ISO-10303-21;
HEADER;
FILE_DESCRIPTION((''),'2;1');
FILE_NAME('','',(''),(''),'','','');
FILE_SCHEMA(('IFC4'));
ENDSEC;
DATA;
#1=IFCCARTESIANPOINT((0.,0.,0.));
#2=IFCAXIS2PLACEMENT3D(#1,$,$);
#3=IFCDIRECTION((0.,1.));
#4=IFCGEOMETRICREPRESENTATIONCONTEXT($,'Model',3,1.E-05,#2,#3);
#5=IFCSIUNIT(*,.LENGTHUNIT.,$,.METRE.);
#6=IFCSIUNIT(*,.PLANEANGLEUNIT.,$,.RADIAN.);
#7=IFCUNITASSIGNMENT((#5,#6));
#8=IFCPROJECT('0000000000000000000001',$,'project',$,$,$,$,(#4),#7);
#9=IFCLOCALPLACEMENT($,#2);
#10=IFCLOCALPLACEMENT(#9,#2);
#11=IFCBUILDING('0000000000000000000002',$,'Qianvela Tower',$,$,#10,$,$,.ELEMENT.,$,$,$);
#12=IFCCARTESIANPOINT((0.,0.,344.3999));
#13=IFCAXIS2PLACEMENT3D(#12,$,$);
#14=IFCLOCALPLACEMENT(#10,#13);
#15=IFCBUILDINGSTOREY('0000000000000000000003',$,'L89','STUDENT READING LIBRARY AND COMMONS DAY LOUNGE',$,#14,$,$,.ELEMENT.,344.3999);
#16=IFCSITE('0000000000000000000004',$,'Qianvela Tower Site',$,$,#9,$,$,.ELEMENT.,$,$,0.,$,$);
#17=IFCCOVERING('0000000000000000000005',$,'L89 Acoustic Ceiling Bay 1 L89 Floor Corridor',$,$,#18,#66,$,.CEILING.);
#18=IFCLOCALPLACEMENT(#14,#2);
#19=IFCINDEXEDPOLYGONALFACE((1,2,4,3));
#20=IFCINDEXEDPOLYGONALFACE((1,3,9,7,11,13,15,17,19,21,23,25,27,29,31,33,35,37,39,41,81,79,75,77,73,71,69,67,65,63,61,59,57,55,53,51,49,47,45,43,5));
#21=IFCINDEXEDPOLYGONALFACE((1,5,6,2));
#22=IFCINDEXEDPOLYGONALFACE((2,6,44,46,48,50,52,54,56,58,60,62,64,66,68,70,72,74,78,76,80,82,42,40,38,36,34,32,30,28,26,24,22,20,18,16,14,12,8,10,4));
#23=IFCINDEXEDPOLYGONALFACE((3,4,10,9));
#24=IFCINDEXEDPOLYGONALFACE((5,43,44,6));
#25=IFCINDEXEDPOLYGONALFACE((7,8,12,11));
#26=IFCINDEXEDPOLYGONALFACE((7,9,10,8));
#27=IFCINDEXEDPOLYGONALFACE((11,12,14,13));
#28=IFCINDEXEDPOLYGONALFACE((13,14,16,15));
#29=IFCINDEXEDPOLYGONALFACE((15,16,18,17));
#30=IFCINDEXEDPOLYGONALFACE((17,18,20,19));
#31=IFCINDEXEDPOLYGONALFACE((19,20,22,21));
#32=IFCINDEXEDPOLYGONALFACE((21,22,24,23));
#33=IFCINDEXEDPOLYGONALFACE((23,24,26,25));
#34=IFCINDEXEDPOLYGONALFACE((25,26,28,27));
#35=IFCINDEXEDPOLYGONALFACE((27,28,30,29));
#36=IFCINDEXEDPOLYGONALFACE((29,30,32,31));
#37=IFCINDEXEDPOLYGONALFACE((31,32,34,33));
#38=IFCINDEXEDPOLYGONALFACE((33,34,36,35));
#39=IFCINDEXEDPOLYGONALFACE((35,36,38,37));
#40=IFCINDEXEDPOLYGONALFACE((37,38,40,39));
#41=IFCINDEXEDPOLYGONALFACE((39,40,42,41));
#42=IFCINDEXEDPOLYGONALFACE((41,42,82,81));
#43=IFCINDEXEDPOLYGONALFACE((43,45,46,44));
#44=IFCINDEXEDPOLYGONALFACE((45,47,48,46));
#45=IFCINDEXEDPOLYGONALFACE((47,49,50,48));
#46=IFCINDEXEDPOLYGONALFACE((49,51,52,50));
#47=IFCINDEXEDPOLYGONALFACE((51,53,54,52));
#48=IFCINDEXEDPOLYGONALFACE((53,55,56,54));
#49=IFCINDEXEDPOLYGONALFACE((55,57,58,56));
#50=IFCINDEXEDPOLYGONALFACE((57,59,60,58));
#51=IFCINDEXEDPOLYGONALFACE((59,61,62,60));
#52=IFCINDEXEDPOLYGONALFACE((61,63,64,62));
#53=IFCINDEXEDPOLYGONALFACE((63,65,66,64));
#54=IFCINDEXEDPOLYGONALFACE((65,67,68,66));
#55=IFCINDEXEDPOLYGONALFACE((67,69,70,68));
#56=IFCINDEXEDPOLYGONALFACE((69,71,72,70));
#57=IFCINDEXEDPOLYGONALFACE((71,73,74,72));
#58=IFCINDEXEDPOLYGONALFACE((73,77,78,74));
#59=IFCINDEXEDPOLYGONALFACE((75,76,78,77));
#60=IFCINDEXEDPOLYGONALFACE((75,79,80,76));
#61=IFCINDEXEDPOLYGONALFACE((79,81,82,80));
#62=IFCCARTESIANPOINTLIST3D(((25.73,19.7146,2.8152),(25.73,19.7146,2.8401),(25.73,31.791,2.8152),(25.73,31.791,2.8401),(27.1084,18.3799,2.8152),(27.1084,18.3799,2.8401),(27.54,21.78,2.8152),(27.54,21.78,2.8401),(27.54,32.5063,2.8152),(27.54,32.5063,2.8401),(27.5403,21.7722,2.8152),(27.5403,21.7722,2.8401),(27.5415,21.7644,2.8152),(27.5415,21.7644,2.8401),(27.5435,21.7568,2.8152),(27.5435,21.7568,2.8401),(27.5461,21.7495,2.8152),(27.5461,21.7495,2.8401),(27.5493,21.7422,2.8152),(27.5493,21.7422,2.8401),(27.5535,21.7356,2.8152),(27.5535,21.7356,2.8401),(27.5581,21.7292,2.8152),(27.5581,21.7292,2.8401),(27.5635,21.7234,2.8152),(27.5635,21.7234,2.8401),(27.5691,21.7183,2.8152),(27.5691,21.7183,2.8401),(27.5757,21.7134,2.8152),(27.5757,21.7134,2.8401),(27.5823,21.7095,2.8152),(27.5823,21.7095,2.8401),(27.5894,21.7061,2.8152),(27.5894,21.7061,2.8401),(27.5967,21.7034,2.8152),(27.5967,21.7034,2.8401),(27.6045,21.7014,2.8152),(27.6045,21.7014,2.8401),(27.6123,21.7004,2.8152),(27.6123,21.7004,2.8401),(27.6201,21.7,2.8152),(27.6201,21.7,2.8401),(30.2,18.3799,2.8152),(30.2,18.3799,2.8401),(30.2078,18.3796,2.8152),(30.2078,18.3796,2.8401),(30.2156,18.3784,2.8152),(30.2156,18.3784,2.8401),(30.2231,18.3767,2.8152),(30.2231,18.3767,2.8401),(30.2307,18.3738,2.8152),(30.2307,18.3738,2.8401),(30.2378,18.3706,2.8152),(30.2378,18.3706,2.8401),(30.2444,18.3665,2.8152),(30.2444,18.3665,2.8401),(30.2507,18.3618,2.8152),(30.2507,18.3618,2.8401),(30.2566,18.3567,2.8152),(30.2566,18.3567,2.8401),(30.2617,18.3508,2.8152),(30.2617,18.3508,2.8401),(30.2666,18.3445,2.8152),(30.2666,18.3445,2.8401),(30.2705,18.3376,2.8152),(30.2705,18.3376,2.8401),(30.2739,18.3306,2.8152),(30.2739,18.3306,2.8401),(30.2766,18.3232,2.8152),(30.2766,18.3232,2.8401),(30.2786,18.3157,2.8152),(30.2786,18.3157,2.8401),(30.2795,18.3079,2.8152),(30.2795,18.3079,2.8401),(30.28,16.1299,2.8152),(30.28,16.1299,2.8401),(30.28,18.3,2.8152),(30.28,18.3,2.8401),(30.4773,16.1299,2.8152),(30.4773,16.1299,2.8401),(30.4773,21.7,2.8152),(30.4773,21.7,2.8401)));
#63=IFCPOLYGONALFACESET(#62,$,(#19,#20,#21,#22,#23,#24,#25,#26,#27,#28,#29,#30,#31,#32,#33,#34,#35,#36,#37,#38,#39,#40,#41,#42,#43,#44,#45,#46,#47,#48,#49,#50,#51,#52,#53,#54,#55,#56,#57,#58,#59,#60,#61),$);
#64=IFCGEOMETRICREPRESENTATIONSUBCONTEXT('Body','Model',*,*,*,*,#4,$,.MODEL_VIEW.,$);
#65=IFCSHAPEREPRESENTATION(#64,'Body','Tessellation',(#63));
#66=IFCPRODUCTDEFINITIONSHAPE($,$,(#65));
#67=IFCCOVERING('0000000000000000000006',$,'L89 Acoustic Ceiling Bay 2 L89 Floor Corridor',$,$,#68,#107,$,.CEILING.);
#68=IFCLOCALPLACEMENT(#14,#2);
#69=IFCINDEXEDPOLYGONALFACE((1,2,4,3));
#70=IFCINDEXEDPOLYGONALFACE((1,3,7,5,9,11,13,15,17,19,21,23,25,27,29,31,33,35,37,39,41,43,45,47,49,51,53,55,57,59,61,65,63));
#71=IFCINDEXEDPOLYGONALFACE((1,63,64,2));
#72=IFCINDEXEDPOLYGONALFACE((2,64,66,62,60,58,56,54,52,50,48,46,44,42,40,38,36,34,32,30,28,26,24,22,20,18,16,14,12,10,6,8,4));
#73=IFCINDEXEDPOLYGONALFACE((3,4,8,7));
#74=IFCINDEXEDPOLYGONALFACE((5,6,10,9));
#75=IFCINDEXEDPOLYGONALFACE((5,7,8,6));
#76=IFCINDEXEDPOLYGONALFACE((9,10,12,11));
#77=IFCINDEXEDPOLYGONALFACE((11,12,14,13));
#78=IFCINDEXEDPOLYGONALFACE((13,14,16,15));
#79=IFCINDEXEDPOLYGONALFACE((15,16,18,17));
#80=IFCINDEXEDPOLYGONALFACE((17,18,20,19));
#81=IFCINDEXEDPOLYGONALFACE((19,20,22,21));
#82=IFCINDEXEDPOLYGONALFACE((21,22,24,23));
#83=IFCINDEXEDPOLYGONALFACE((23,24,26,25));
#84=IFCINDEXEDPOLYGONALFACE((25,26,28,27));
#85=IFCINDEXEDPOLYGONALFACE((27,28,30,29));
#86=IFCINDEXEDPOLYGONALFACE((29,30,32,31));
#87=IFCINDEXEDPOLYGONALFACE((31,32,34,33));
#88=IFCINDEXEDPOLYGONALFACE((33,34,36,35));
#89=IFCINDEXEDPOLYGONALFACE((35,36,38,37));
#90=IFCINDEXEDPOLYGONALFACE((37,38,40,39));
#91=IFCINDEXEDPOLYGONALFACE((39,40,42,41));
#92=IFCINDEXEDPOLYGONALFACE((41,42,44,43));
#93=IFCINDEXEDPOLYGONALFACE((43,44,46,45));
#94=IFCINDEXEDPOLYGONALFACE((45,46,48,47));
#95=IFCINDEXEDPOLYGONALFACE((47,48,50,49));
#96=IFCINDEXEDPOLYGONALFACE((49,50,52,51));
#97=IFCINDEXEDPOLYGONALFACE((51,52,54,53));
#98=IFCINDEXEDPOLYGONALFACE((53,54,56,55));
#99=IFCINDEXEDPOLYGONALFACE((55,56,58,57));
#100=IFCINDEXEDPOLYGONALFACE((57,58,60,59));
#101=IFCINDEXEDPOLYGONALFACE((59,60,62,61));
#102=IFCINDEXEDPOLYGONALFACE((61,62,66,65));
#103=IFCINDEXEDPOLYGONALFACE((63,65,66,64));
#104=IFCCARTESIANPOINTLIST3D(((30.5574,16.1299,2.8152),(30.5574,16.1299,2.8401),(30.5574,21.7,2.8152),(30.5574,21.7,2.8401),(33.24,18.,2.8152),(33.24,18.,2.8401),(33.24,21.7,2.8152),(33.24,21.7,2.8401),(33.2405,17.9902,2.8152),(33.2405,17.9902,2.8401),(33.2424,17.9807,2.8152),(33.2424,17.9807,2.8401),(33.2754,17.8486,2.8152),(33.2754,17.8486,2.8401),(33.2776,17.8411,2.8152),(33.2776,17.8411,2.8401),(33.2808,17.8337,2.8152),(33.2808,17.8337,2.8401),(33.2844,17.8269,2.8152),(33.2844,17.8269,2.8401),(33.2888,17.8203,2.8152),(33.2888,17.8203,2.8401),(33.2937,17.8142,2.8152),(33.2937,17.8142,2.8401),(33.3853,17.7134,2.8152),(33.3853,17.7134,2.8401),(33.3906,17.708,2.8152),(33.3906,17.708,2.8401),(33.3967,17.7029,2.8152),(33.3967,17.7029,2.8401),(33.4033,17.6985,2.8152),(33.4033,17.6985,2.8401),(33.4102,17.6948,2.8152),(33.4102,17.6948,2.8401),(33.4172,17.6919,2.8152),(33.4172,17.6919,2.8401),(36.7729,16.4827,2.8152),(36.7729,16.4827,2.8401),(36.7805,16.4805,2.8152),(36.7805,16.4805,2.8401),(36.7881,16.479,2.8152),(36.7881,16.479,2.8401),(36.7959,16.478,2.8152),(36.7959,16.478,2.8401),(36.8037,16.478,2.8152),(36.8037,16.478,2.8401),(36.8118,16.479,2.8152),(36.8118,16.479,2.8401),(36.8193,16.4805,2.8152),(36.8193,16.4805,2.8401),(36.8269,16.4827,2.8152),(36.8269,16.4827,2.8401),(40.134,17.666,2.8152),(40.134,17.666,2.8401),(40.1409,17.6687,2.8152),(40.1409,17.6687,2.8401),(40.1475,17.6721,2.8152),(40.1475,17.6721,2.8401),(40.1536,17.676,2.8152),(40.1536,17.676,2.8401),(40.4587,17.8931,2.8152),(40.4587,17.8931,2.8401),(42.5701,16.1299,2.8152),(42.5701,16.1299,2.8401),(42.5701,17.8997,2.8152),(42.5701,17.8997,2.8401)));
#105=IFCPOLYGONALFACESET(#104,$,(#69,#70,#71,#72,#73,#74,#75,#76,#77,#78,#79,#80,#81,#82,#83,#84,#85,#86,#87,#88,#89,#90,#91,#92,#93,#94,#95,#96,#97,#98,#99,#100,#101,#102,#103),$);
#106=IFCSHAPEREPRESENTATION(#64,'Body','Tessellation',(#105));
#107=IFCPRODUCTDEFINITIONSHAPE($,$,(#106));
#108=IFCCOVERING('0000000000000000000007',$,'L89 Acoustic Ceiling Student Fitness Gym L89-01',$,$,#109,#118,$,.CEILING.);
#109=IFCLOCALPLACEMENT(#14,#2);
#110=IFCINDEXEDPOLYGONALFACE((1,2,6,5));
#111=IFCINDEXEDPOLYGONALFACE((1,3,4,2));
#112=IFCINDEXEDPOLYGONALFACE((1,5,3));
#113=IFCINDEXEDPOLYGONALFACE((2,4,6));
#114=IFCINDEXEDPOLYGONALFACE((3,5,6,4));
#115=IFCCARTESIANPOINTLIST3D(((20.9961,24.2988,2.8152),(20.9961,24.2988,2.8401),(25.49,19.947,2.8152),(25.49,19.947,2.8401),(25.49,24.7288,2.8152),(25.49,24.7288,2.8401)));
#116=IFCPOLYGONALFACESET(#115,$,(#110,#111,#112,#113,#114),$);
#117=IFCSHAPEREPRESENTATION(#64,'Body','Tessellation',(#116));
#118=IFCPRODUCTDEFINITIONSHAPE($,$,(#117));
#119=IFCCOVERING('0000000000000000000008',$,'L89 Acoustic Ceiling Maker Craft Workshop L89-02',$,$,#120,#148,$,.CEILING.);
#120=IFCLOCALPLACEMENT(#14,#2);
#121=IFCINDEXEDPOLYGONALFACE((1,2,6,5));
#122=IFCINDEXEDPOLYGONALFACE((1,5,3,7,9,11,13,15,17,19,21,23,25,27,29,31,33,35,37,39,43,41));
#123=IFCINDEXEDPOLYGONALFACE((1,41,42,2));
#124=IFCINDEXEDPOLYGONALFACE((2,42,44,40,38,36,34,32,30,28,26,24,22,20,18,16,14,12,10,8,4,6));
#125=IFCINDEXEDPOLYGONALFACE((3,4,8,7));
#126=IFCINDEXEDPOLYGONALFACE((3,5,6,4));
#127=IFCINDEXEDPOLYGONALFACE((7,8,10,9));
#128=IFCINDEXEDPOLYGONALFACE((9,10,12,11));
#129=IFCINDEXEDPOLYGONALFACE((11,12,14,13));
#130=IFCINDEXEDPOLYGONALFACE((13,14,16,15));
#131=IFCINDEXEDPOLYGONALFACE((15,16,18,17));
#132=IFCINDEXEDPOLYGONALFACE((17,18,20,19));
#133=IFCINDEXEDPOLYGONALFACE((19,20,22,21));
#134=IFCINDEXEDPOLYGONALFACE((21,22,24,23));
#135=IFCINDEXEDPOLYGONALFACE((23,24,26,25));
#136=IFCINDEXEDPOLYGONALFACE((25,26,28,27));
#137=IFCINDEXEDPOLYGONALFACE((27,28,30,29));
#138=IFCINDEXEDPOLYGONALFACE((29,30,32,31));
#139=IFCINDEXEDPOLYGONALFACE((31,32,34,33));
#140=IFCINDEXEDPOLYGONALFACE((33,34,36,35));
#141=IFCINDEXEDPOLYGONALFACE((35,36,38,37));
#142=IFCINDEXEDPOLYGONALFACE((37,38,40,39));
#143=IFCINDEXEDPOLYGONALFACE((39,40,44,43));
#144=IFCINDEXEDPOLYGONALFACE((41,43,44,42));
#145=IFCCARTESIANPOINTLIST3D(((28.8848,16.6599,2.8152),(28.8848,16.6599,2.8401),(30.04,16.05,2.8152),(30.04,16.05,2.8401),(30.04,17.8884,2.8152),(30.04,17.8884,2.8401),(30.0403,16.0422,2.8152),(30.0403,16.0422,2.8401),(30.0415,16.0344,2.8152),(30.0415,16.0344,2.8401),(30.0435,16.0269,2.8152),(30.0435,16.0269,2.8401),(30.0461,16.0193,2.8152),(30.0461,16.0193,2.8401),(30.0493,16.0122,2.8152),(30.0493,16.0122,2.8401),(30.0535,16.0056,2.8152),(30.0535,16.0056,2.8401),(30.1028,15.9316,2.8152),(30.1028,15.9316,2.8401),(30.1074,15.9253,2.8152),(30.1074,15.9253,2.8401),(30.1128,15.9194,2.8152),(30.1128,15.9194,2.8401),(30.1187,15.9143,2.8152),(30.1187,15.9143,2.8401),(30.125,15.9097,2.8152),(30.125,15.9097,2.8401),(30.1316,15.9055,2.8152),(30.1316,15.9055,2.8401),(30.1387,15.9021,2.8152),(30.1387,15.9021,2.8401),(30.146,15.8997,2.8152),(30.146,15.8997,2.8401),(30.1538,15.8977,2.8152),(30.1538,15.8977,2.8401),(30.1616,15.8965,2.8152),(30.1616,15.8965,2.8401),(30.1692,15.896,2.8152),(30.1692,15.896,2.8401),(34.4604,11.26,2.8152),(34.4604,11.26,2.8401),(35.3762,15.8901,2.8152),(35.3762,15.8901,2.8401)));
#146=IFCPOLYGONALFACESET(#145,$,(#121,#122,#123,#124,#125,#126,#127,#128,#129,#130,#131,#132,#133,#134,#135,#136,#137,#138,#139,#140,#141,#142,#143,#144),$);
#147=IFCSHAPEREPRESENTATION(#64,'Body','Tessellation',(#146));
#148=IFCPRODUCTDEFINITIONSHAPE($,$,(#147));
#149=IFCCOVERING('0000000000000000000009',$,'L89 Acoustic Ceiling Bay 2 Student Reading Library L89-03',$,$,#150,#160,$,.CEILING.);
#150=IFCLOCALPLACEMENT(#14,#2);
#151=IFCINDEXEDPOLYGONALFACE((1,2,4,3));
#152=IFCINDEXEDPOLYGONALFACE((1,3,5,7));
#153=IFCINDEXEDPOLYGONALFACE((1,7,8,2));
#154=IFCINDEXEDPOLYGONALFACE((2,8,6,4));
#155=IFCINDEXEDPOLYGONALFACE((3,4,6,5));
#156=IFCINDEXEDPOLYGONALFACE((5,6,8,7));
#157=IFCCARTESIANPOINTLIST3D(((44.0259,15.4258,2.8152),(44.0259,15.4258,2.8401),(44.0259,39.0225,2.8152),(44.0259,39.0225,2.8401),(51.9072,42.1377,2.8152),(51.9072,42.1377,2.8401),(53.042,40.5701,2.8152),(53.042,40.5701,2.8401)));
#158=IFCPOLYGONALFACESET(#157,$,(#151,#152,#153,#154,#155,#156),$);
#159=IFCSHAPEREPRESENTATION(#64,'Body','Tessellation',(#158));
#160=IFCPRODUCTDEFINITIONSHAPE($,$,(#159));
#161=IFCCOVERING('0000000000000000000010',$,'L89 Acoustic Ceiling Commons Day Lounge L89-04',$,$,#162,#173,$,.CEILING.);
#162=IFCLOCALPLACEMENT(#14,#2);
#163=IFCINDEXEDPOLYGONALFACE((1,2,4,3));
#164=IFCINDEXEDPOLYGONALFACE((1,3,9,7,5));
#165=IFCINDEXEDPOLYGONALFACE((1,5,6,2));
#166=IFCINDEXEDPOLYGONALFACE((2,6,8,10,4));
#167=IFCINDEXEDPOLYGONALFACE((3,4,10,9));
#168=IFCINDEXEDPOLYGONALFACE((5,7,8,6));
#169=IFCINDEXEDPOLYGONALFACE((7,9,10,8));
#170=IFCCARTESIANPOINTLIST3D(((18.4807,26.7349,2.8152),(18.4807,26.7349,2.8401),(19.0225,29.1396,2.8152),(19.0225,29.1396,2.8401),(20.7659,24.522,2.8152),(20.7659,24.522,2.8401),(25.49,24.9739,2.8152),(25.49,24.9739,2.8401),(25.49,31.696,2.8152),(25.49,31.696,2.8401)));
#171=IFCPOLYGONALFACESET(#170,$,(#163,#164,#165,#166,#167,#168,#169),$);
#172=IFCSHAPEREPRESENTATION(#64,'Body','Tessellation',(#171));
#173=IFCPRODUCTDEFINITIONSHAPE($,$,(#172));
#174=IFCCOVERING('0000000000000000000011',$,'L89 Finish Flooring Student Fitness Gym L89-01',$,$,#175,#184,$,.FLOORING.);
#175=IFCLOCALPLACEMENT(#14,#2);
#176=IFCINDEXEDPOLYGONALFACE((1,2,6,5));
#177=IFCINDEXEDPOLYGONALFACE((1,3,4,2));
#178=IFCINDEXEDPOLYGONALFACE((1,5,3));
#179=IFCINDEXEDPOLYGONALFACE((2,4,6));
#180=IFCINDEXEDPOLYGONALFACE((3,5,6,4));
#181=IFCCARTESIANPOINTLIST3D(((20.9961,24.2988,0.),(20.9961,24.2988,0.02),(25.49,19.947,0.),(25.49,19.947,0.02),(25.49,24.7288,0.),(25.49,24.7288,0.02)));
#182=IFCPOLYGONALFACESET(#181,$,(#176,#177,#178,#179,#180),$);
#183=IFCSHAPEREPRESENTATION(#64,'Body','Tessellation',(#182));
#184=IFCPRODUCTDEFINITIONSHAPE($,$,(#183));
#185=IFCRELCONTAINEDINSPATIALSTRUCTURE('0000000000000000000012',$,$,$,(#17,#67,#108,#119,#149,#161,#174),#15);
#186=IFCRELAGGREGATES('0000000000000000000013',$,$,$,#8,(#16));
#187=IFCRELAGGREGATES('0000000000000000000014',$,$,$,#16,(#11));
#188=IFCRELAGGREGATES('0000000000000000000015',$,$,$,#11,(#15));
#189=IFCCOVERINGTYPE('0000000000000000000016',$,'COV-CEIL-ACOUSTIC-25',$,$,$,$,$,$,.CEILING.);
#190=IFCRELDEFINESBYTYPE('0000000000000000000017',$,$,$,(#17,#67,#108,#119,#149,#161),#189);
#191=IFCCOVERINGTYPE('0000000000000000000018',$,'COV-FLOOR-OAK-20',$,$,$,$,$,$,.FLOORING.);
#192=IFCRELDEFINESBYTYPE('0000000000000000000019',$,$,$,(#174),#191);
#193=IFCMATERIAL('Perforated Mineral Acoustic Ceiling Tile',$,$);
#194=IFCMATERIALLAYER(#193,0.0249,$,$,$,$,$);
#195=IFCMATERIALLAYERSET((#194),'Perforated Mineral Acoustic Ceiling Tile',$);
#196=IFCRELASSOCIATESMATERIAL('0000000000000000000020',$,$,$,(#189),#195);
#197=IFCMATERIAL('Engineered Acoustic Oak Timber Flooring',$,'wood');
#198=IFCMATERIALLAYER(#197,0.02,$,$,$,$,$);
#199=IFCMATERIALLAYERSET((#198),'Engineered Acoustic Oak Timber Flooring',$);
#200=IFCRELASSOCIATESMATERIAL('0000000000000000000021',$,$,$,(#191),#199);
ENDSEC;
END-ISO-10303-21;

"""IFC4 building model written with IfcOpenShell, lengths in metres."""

from ifc_helpers import new_model, si_unit, direction, frame, origin, place, context, subcontext, project, spatial, polyline, outline, extrude, material, layer, layer_set, type_object, element, save


model = new_model("IFC4")

# Units and contexts
model_context = context("Model", 3, precision=1e-05, world=origin(), true_north=direction((0.0, 1.0)))
body_context = subcontext(model_context, "Body", "Model", "MODEL_VIEW")
ifc_project = project(units=[si_unit("LENGTHUNIT", "METRE"), si_unit("PLANEANGLEUNIT", "RADIAN")], contexts=[model_context])

# Site, building, storey
site_placement = place(None, origin())
site = spatial("IfcSite", under=ifc_project, at=site_placement, Name="Qianvela Tower Site", CompositionType="ELEMENT", RefElevation=0.0)
building_placement = place(site_placement, origin())
building = spatial("IfcBuilding", under=site, at=building_placement, Name="Qianvela Tower", CompositionType="ELEMENT")
storey_placement = place(building_placement, frame((0.0, 0.0, 344.3999)))
storey = spatial("IfcBuildingStorey", under=building, at=storey_placement, Name="L89", Description="STUDENT READING LIBRARY AND COMMONS DAY LOUNGE", CompositionType="ELEMENT", Elevation=344.3999)

# Coverings
ifc_material_1 = material(Name="Perforated Mineral Acoustic Ceiling Tile")
ifc_layer_1 = layer(ifc_material_1, 0.0249)
ifc_layer_set_1 = layer_set([ifc_layer_1], Name="Perforated Mineral Acoustic Ceiling Tile")
covering_type_1 = type_object("IfcCoveringType", Name="COV-CEIL-ACOUSTIC-25", PredefinedType="CEILING", material=ifc_layer_set_1)
covering_1_placement = place(storey_placement, frame((0.0, 0.0, 2.8152)))
element("IfcCovering", 1, at=covering_1_placement, inside=storey, type_object=covering_type_1, Name="L89 Acoustic Ceiling Bay 1 L89 Floor Corridor", PredefinedType="CEILING", context=body_context, shape_type="SweptSolid", body=[
    extrude(outline(polyline([(30.28, 16.1299), (30.28, 18.3), (30.2795, 18.3079), (30.2786, 18.3157), (30.2766, 18.3232), (30.2739, 18.3306), (30.2705, 18.3376), (30.2666, 18.3445), (30.2617, 18.3508), (30.2566, 18.3567), (30.2507, 18.3618), (30.2444, 18.3665), (30.2378, 18.3706), (30.2307, 18.3738), (30.2231, 18.3767), (30.2156, 18.3784), (30.2078, 18.3796), (30.2, 18.3799), (27.1084, 18.3799), (25.73, 19.7146), (25.73, 31.791), (27.54, 32.5063), (27.54, 21.78), (27.5403, 21.7722), (27.5415, 21.7644), (27.5435, 21.7568), (27.5461, 21.7495), (27.5493, 21.7422), (27.5535, 21.7356), (27.5581, 21.7292), (27.5635, 21.7234), (27.5691, 21.7183), (27.5757, 21.7134), (27.5823, 21.7095), (27.5894, 21.7061), (27.5967, 21.7034), (27.6045, 21.7014), (27.6123, 21.7004), (27.6201, 21.7), (30.4773, 21.7), (30.4773, 16.1299), (30.28, 16.1299)])), origin(), (0.0, 0.0, 1.0), 0.0249),
])
covering_2_placement = place(storey_placement, frame((0.0, 0.0, 2.8152)))
element("IfcCovering", 2, at=covering_2_placement, inside=storey, type_object=covering_type_1, Name="L89 Acoustic Ceiling Bay 2 L89 Floor Corridor", PredefinedType="CEILING", context=body_context, shape_type="SweptSolid", body=[
    extrude(outline(polyline([(36.7805, 16.4805), (36.7881, 16.479), (36.7959, 16.478), (36.8037, 16.478), (36.8118, 16.479), (36.8193, 16.4805), (36.8269, 16.4827), (40.134, 17.666), (40.1409, 17.6687), (40.1475, 17.6721), (40.1536, 17.676), (40.4587, 17.8931), (42.5701, 17.8997), (42.5701, 16.1299), (30.5574, 16.1299), (30.5574, 21.7), (33.24, 21.7), (33.24, 18.0), (33.2405, 17.9902), (33.2424, 17.9807), (33.2754, 17.8486), (33.2776, 17.8411), (33.2808, 17.8337), (33.2844, 17.8269), (33.2888, 17.8203), (33.2937, 17.8142), (33.3853, 17.7134), (33.3906, 17.708), (33.3967, 17.7029), (33.4033, 17.6985), (33.4102, 17.6948), (33.4172, 17.6919), (36.7729, 16.4827), (36.7805, 16.4805)])), origin(), (0.0, 0.0, 1.0), 0.0249),
])
covering_3_placement = place(storey_placement, frame((0.0, 0.0, 2.8152)))
element("IfcCovering", 3, at=covering_3_placement, inside=storey, type_object=covering_type_1, Name="L89 Acoustic Ceiling Student Fitness Gym L89-01", PredefinedType="CEILING", context=body_context, shape_type="SweptSolid", body=[
    extrude(outline(polyline([(20.9961, 24.2988), (25.49, 24.7288), (25.49, 19.947), (20.9961, 24.2988)])), origin(), (0.0, 0.0, 1.0), 0.0249),
])
covering_4_placement = place(storey_placement, frame((0.0, 0.0, 2.8152)))
element("IfcCovering", 4, at=covering_4_placement, inside=storey, type_object=covering_type_1, Name="L89 Acoustic Ceiling Maker Craft Workshop L89-02", PredefinedType="CEILING", context=body_context, shape_type="SweptSolid", body=[
    extrude(outline(polyline([(30.04, 17.8884), (30.04, 16.05), (30.0403, 16.0422), (30.0415, 16.0344), (30.0435, 16.0269), (30.0461, 16.0193), (30.0493, 16.0122), (30.0535, 16.0056), (30.1028, 15.9316), (30.1074, 15.9253), (30.1128, 15.9194), (30.1187, 15.9143), (30.125, 15.9097), (30.1316, 15.9055), (30.1387, 15.9021), (30.146, 15.8997), (30.1538, 15.8977), (30.1616, 15.8965), (30.1692, 15.896), (35.3762, 15.8901), (34.4604, 11.26), (28.8848, 16.6599), (30.04, 17.8884)])), origin(), (0.0, 0.0, 1.0), 0.0249),
])
covering_5_placement = place(storey_placement, frame((0.0, 0.0, 2.8152)))
element("IfcCovering", 5, at=covering_5_placement, inside=storey, type_object=covering_type_1, Name="L89 Acoustic Ceiling Bay 2 Student Reading Library L89-03", PredefinedType="CEILING", context=body_context, shape_type="SweptSolid", body=[
    extrude(outline(polyline([(51.9072, 42.1377), (53.042, 40.5701), (44.0259, 15.4258), (44.0259, 39.0225), (51.9072, 42.1377)])), origin(), (0.0, 0.0, 1.0), 0.0249),
])
covering_6_placement = place(storey_placement, frame((0.0, 0.0, 2.8152)))
element("IfcCovering", 6, at=covering_6_placement, inside=storey, type_object=covering_type_1, Name="L89 Acoustic Ceiling Commons Day Lounge L89-04", PredefinedType="CEILING", context=body_context, shape_type="SweptSolid", body=[
    extrude(outline(polyline([(25.49, 31.696), (25.49, 24.9739), (20.7659, 24.522), (18.4807, 26.7349), (19.0225, 29.1396), (25.49, 31.696)])), origin(), (0.0, 0.0, 1.0), 0.0249),
])
ifc_material_2 = material(Name="Engineered Acoustic Oak Timber Flooring", Category="wood")
ifc_layer_2 = layer(ifc_material_2, 0.02)
ifc_layer_set_2 = layer_set([ifc_layer_2], Name="Engineered Acoustic Oak Timber Flooring")
covering_type_2 = type_object("IfcCoveringType", Name="COV-FLOOR-OAK-20", PredefinedType="FLOORING", material=ifc_layer_set_2)
covering_7_placement = place(storey_placement, origin())
element("IfcCovering", 7, at=covering_7_placement, inside=storey, type_object=covering_type_2, Name="L89 Finish Flooring Student Fitness Gym L89-01", PredefinedType="FLOORING", context=body_context, shape_type="SweptSolid", body=[
    extrude(outline(polyline([(20.9961, 24.2988), (25.49, 24.7288), (25.49, 19.947), (20.9961, 24.2988)])), origin(), (0.0, 0.0, 1.0), 0.02),
])

save(model, "model.ifc")
